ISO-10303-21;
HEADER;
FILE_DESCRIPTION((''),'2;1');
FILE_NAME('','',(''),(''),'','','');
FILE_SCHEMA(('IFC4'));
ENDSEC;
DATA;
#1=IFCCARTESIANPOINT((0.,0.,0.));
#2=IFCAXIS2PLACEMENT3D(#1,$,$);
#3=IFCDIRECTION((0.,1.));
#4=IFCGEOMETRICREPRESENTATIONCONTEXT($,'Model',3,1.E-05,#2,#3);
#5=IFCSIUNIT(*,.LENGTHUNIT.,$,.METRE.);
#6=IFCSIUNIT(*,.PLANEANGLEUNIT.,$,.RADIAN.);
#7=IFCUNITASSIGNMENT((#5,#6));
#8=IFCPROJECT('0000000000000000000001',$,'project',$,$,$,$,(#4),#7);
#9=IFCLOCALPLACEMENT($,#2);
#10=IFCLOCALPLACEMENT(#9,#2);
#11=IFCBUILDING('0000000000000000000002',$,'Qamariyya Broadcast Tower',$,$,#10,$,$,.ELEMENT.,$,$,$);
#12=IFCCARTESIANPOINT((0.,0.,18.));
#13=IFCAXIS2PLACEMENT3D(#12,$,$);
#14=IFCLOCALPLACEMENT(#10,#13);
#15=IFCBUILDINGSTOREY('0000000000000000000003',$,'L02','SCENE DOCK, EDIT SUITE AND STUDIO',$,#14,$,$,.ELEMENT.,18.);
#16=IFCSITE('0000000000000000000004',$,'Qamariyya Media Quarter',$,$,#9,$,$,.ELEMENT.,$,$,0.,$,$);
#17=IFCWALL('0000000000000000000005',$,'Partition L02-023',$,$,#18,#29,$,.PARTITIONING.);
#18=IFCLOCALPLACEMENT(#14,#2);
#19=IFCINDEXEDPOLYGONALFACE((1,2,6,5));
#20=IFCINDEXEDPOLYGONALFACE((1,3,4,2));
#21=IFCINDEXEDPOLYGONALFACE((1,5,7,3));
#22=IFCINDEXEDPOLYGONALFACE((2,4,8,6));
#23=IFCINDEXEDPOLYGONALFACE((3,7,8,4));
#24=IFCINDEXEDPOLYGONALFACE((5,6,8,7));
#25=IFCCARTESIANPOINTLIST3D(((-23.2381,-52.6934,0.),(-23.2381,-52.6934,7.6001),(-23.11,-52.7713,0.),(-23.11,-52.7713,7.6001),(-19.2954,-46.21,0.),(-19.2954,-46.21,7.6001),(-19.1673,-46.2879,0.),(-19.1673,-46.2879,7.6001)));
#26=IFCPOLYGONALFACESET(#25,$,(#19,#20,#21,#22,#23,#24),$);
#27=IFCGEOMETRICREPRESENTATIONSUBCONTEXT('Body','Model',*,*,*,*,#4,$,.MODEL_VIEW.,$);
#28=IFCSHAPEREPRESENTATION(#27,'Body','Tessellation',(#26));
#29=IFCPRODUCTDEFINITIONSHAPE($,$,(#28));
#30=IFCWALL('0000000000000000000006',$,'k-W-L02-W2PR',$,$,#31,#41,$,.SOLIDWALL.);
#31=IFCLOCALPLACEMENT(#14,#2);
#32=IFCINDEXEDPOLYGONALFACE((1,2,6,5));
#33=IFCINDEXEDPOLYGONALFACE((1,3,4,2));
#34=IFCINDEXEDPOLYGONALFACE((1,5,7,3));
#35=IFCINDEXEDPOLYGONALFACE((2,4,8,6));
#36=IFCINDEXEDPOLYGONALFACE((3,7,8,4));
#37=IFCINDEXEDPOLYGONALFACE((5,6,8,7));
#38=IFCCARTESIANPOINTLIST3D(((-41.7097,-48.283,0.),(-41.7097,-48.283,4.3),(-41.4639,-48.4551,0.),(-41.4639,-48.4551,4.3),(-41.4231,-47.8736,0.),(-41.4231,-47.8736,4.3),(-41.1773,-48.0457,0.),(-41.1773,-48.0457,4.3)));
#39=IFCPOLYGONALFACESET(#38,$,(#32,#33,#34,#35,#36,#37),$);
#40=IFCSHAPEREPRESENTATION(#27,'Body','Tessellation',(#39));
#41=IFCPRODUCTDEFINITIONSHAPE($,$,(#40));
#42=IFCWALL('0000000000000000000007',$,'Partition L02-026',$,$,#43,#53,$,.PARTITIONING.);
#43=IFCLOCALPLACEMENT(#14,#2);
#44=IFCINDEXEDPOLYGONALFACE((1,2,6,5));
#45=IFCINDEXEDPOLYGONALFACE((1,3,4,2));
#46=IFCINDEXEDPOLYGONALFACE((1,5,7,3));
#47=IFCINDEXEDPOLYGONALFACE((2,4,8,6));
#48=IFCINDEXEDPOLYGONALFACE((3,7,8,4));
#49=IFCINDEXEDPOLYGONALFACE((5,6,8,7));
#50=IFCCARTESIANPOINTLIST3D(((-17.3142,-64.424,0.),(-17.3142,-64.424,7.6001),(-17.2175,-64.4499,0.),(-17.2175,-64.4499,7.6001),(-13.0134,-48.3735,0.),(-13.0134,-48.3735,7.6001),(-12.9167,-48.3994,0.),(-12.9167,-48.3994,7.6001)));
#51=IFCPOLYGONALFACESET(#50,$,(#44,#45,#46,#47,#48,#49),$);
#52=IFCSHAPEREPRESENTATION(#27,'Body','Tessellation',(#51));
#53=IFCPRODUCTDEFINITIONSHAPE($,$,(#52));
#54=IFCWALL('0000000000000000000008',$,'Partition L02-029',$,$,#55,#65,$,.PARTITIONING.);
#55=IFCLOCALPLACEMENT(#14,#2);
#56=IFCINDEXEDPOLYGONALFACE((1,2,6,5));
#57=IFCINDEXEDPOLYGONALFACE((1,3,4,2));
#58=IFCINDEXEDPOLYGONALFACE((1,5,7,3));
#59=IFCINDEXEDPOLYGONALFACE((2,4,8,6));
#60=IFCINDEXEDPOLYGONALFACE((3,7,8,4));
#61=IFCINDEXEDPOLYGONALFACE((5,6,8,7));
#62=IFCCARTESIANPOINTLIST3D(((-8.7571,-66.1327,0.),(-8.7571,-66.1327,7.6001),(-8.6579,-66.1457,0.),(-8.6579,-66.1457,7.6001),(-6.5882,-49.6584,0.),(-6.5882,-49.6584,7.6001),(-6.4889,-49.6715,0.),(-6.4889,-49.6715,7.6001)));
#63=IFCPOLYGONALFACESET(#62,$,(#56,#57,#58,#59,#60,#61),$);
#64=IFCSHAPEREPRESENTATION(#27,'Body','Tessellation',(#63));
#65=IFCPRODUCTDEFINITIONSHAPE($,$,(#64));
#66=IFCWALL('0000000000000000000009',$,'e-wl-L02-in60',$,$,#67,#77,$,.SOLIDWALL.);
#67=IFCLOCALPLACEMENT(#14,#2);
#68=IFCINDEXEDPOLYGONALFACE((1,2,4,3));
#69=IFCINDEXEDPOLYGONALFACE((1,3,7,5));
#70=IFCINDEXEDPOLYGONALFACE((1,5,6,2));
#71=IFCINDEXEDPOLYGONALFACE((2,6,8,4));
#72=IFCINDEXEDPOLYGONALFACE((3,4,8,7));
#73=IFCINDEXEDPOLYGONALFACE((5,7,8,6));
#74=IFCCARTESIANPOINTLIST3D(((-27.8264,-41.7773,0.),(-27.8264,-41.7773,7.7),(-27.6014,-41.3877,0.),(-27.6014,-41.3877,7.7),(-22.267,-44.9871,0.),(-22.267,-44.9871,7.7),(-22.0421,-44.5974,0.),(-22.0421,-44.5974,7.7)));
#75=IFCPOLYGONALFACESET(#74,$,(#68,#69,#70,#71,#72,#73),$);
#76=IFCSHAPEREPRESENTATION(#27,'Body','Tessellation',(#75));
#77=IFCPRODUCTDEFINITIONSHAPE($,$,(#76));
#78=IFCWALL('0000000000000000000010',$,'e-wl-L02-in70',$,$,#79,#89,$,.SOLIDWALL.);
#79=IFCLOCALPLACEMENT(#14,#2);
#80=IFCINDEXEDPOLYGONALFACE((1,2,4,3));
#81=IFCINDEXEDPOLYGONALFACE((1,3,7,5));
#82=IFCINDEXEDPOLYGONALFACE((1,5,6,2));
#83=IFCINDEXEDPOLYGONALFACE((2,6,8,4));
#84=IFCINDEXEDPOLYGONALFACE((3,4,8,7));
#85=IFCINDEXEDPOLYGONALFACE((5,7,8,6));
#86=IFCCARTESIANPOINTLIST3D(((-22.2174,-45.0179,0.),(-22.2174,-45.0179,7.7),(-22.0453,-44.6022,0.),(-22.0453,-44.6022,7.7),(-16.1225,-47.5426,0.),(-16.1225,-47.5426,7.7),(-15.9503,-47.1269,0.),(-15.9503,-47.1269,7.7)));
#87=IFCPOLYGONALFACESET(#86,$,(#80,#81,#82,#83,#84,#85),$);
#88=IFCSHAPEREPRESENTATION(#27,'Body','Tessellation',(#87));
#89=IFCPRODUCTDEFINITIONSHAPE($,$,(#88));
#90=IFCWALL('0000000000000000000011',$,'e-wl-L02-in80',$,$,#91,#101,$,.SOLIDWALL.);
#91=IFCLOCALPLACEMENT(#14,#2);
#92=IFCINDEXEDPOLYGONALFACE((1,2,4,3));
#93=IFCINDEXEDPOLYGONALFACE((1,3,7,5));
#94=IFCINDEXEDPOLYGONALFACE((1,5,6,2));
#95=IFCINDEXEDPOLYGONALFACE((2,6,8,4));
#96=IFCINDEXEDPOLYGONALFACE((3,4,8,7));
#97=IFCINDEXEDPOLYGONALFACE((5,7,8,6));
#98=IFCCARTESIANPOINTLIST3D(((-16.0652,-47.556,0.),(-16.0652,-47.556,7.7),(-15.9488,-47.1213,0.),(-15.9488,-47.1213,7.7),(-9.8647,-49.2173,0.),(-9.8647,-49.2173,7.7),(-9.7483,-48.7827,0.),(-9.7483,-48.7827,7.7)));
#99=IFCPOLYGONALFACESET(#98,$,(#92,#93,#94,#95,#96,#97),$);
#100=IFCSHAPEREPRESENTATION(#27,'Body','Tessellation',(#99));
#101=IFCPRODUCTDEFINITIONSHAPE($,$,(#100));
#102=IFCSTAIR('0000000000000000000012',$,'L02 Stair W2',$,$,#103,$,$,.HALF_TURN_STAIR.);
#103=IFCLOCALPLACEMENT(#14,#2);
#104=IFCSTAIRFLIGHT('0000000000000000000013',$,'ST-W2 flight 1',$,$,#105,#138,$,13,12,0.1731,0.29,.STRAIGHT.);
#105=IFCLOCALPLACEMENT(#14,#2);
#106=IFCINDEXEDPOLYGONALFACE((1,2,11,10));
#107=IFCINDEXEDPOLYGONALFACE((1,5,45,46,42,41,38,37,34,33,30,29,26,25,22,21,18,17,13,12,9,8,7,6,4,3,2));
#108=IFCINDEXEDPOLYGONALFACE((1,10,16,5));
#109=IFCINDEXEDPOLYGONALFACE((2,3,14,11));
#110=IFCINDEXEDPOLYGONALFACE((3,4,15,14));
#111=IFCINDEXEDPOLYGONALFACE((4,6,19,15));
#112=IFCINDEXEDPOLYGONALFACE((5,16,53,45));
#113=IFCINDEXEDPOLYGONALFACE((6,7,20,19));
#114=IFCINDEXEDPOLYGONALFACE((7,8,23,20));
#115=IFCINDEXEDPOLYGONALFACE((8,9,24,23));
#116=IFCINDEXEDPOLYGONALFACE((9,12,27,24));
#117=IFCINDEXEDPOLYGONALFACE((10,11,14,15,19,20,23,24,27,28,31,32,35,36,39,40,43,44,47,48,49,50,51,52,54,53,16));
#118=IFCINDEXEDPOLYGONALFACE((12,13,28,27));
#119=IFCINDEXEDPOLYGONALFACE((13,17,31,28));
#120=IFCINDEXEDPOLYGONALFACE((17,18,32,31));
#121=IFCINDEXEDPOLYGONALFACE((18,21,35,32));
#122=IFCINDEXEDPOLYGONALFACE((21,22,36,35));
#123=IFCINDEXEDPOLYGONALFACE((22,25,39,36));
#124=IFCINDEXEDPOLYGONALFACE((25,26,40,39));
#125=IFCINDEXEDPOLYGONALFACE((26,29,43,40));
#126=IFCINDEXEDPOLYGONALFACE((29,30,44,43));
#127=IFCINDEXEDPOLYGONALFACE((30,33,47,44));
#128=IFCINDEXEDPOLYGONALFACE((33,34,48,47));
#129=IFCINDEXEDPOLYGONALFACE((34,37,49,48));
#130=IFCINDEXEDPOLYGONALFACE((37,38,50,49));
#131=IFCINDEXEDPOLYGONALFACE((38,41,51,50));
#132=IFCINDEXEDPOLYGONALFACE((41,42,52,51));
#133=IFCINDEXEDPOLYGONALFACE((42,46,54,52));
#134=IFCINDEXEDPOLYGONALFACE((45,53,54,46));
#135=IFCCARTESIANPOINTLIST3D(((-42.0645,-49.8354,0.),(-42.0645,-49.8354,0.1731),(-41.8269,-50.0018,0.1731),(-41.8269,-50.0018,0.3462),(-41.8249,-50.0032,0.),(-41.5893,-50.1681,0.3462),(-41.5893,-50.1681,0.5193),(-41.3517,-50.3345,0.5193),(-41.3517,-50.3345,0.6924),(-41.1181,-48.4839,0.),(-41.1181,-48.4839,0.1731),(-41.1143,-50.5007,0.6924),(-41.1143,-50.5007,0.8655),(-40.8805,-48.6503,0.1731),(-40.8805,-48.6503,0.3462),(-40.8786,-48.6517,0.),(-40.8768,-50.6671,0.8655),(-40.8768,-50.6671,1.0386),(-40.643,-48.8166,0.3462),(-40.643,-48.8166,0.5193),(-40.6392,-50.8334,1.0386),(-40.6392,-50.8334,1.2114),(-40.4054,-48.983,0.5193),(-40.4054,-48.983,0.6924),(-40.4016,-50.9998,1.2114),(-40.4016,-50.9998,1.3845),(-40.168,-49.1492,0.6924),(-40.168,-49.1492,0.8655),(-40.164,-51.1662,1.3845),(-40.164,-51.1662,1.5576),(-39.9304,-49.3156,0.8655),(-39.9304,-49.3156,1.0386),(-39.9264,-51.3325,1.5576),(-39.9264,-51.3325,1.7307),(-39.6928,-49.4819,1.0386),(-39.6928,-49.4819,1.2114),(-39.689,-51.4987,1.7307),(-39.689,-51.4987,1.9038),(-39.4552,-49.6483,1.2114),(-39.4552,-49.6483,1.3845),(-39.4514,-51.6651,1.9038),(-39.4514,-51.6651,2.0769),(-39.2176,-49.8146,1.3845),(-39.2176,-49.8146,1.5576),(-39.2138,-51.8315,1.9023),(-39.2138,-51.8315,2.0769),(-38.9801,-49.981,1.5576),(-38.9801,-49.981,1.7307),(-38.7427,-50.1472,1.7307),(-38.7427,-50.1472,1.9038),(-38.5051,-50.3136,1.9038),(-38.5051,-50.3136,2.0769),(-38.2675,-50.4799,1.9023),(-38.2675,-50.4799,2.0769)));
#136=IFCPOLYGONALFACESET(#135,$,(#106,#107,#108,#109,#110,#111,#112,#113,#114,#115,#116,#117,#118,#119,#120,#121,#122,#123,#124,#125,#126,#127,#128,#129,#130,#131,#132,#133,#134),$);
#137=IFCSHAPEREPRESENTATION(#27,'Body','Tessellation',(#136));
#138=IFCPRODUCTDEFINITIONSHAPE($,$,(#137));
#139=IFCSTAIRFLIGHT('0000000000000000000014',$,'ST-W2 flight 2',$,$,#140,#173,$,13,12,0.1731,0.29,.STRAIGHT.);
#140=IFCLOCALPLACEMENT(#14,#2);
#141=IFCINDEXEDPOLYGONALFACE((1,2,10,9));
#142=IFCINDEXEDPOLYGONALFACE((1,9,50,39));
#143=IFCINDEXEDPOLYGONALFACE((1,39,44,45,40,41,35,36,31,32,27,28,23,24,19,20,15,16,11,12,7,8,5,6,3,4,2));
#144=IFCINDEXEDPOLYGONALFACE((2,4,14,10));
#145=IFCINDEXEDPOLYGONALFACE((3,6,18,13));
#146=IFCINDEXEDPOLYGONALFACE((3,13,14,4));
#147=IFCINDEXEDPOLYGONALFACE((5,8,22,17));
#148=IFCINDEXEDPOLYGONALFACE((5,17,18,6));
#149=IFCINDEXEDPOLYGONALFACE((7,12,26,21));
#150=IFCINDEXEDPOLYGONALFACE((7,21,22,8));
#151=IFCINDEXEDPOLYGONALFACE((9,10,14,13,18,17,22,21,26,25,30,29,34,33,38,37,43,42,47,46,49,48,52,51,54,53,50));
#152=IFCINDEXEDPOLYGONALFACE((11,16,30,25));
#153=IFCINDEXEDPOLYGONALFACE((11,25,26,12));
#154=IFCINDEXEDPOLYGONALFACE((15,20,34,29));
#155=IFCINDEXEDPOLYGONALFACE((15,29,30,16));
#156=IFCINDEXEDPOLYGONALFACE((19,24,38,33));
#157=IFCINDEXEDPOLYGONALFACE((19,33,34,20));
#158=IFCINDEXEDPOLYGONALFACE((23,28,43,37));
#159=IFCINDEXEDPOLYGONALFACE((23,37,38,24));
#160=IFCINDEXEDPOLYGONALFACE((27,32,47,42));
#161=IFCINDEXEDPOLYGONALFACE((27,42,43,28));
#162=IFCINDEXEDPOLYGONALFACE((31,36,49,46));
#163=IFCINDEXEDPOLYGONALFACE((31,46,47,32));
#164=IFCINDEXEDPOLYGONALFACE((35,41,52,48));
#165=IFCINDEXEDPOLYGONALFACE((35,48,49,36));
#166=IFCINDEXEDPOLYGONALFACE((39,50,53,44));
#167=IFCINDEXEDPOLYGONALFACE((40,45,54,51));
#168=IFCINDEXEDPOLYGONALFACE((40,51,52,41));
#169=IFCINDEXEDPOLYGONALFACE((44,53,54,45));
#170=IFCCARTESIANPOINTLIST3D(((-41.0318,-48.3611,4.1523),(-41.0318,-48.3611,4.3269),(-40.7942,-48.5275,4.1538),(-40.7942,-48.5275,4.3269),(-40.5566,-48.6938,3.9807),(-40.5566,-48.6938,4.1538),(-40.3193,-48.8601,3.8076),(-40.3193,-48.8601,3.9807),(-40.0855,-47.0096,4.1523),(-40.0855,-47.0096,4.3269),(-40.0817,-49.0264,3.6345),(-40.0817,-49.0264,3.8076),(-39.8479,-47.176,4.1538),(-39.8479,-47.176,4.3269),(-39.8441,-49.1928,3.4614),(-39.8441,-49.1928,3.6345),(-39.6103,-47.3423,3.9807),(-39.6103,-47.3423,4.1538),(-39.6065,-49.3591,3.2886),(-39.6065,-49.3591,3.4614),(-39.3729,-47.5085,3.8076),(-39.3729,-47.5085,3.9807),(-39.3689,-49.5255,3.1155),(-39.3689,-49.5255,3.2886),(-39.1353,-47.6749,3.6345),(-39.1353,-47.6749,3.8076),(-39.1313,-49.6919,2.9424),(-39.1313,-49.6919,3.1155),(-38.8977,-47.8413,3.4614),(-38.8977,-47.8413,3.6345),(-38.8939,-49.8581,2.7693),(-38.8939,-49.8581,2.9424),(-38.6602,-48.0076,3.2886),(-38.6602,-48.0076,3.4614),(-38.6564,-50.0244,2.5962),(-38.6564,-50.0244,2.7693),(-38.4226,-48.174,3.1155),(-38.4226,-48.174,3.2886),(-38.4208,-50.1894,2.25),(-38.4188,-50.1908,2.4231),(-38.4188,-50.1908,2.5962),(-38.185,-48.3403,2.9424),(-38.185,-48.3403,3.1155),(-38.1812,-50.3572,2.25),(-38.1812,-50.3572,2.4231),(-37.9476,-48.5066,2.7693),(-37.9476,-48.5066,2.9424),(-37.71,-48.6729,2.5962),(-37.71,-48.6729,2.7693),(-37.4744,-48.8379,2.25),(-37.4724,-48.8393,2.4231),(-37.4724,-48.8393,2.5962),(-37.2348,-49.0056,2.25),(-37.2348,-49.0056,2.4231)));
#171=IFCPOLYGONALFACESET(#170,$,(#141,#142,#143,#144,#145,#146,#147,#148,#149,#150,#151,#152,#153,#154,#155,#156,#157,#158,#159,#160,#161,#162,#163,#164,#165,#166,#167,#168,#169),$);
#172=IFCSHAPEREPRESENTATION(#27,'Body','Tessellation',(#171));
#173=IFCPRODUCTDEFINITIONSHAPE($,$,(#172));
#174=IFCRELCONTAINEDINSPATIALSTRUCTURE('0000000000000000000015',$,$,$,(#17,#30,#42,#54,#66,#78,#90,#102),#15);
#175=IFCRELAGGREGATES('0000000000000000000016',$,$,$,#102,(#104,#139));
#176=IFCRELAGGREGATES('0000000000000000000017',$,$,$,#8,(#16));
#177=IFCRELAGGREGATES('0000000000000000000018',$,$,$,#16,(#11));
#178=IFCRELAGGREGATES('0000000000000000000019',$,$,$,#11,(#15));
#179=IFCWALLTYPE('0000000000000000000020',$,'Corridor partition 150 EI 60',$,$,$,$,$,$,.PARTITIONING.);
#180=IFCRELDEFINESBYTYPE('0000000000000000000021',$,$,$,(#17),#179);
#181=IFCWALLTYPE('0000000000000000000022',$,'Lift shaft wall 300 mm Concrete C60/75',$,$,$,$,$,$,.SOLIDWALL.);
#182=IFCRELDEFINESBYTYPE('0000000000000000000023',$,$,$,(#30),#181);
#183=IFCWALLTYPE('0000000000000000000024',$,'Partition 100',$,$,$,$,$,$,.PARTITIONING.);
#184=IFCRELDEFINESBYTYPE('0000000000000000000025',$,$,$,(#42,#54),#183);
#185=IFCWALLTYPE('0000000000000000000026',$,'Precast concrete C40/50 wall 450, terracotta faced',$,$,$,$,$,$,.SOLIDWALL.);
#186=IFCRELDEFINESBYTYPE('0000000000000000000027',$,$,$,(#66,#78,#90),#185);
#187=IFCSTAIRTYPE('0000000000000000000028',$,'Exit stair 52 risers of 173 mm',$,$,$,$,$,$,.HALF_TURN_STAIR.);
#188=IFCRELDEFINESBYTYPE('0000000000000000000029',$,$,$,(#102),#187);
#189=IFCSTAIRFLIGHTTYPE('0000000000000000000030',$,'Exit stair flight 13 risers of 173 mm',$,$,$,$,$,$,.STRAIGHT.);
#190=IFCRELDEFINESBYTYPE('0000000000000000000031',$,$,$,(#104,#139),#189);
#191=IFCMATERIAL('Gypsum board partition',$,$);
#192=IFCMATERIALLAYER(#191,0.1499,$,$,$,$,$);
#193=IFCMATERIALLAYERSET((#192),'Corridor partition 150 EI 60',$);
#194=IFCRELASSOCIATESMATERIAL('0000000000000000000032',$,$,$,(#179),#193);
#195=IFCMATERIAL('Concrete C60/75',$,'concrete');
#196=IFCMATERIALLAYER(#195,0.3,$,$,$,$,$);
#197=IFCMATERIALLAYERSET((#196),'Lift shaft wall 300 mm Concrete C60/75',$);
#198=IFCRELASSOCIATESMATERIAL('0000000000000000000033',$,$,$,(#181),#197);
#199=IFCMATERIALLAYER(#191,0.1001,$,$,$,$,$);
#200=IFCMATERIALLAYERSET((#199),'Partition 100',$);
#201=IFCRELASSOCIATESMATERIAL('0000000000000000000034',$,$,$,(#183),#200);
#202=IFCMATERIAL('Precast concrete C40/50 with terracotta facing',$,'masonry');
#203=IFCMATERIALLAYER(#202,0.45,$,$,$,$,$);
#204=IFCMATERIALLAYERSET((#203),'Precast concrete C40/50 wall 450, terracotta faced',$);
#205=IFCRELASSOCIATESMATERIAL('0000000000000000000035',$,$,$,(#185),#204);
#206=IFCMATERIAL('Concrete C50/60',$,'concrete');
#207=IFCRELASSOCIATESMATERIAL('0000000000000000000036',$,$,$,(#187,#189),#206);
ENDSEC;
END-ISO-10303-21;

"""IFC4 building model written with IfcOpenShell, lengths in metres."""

from ifc_helpers import new_model, si_unit, direction, frame, frame_2d, origin, place, context, subcontext, project, spatial, polyline, rectangle, outline, extrude, material, layer, layer_set, type_object, element, aggregate, save


model = new_model("IFC4")

# Units and contexts
model_context = context("Model", 3, precision=1e-05, world=origin(), true_north=direction((0.0, 1.0)))
body_context = subcontext(model_context, "Body", "Model", "MODEL_VIEW")
ifc_project = project(units=[si_unit("LENGTHUNIT", "METRE"), si_unit("PLANEANGLEUNIT", "RADIAN")], contexts=[model_context])

# Site, building, storey
site_placement = place(None, origin())
site = spatial("IfcSite", under=ifc_project, at=site_placement, Name="Qamariyya Media Quarter", CompositionType="ELEMENT", RefElevation=0.0)
building_placement = place(site_placement, origin())
building = spatial("IfcBuilding", under=site, at=building_placement, Name="Qamariyya Broadcast Tower", CompositionType="ELEMENT")
storey_placement = place(building_placement, frame((0.0, 0.0, 18.0)))
storey = spatial("IfcBuildingStorey", under=building, at=storey_placement, Name="L02", Description="SCENE DOCK, EDIT SUITE AND STUDIO", CompositionType="ELEMENT", Elevation=18.0)

# Shared definitions
ifc_material_1 = material(Name="Concrete C50/60", Category="concrete")

# Shared definitions
ifc_material_2 = material(Name="Gypsum board partition")
ifc_layer_1 = layer(ifc_material_2, 0.1499)
ifc_layer_set_1 = layer_set([ifc_layer_1], Name="Corridor partition 150 EI 60")
wall_type_1 = type_object("IfcWallType", Name="Corridor partition 150 EI 60", PredefinedType="PARTITIONING", material=ifc_layer_set_1)

# Walls
wall_1_placement = place(storey_placement, frame((-19.2314, -46.249, 0.0), z_axis=(0.0, 0.0, 1.0), x_axis=(-0.519583, -0.85442, 0.0)))
element("IfcWall", 1, at=wall_1_placement, inside=storey, type_object=wall_type_1, Name="Partition L02-023", PredefinedType="PARTITIONING", context=body_context, shape_type="SweptSolid", body=[
    extrude(rectangle(XDim=7.5881, YDim=0.1499, at=frame_2d((3.7939, 0.0))), origin(), (0.0, 0.0, 1.0), 7.6001),
])
ifc_material_3 = material(Name="Concrete C60/75", Category="concrete")
ifc_layer_2 = layer(ifc_material_3, 0.3)
ifc_layer_set_2 = layer_set([ifc_layer_2], Name="Lift shaft wall 300 mm Concrete C60/75")
wall_type_2 = type_object("IfcWallType", Name="Lift shaft wall 300 mm Concrete C60/75", PredefinedType="SOLIDWALL", material=ifc_layer_set_2)
wall_2_placement = place(storey_placement, frame((-41.5869, -48.3691, 0.0), z_axis=(0.0, 0.0, 1.0), x_axis=(0.573495, 0.819209, 0.0)))
element("IfcWall", 2, at=wall_2_placement, inside=storey, type_object=wall_type_2, Name="k-W-L02-W2PR", PredefinedType="SOLIDWALL", context=body_context, shape_type="SweptSolid", body=[
    extrude(rectangle(XDim=0.4998, YDim=0.3, at=frame_2d((0.25, 0.0))), origin(), (0.0, 0.0, 1.0), 4.3),
])
ifc_layer_3 = layer(ifc_material_2, 0.1001)
ifc_layer_set_3 = layer_set([ifc_layer_3], Name="Partition 100")
wall_type_3 = type_object("IfcWallType", Name="Partition 100", PredefinedType="PARTITIONING", material=ifc_layer_set_3)
wall_3_placement = place(storey_placement, frame((-12.9651, -48.3865, 0.0), z_axis=(0.0, 0.0, 1.0), x_axis=(-0.258822, -0.965925, 0.0)))
element("IfcWall", 3, at=wall_3_placement, inside=storey, type_object=wall_type_3, Name="Partition L02-026", PredefinedType="PARTITIONING", context=body_context, shape_type="SweptSolid", body=[
    extrude(rectangle(XDim=16.6167, YDim=0.1001, at=frame_2d((8.3083, 0.0))), origin(), (0.0, 0.0, 1.0), 7.6001),
])
wall_4_placement = place(storey_placement, frame((-6.5386, -49.665, 0.0), z_axis=(0.0, 0.0, 1.0), x_axis=(-0.130529, -0.991444, 0.0)))
element("IfcWall", 4, at=wall_4_placement, inside=storey, type_object=wall_type_3, Name="Partition L02-029", PredefinedType="PARTITIONING", context=body_context, shape_type="SweptSolid", body=[
    extrude(rectangle(XDim=16.6165, YDim=0.1001, at=frame_2d((8.3081, 0.0))), origin(), (0.0, 0.0, 1.0), 7.6001),
])
ifc_material_4 = material(Name="Precast concrete C40/50 with terracotta facing", Category="masonry")
ifc_layer_4 = layer(ifc_material_4, 0.45)
ifc_layer_set_4 = layer_set([ifc_layer_4], Name="Precast concrete C40/50 wall 450, terracotta faced")
wall_type_4 = type_object("IfcWallType", Name="Precast concrete C40/50 wall 450, terracotta faced", PredefinedType="SOLIDWALL", material=ifc_layer_set_4)
wall_5_placement = place(storey_placement, frame((-22.1545, -44.7922, 0.0), z_axis=(0.0, 0.0, 1.0), x_axis=(-0.866023, 0.500004, 0.0)))
element("IfcWall", 5, at=wall_5_placement, inside=storey, type_object=wall_type_4, Name="e-wl-L02-in60", PredefinedType="SOLIDWALL", context=body_context, shape_type="SweptSolid", body=[
    extrude(rectangle(XDim=6.4194, YDim=0.45, at=frame_2d((3.2097, 0.0))), origin(), (0.0, 0.0, 1.0), 7.7),
])
wall_6_placement = place(storey_placement, frame((-16.0364, -47.3347, 0.0), z_axis=(0.0, 0.0, 1.0), x_axis=(-0.923877, 0.382688, 0.0)))
element("IfcWall", 6, at=wall_6_placement, inside=storey, type_object=wall_type_4, Name="e-wl-L02-in70", PredefinedType="SOLIDWALL", context=body_context, shape_type="SweptSolid", body=[
    extrude(rectangle(XDim=6.5972, YDim=0.45, at=frame_2d((3.2986, 0.0))), origin(), (0.0, 0.0, 1.0), 7.7),
])
wall_7_placement = place(storey_placement, frame((-9.8066, -49.0, 0.0), z_axis=(0.0, 0.0, 1.0), x_axis=(-0.965927, 0.258815, 0.0)))
element("IfcWall", 7, at=wall_7_placement, inside=storey, type_object=wall_type_4, Name="e-wl-L02-in80", PredefinedType="SOLIDWALL", context=body_context, shape_type="SweptSolid", body=[
    extrude(rectangle(XDim=6.4192, YDim=0.45, at=frame_2d((3.2095, 0.0))), origin(), (0.0, 0.0, 1.0), 7.7),
])

# Stair, stair flights
stair_type = type_object("IfcStairType", Name="Exit stair 52 risers of 173 mm", PredefinedType="HALF_TURN_STAIR", material=ifc_material_1)
stair_placement = place(storey_placement, origin())
stair = element("IfcStair", 8, at=stair_placement, inside=storey, type_object=stair_type, Name="L02 Stair W2", PredefinedType="HALF_TURN_STAIR")
stair_flight_type = type_object("IfcStairFlightType", Name="Exit stair flight 13 risers of 173 mm", PredefinedType="STRAIGHT", material=ifc_material_1)
stair_flight_1_placement = place(storey_placement, frame((-41.5913, -49.1597, 0.0), z_axis=(0.0, 0.0, 1.0), x_axis=(0.819152, -0.573576, 0.0)))
stair_flight_1 = element("IfcStairFlight", 9, at=stair_flight_1_placement, type_object=stair_flight_type, Name="ST-W2 flight 1", NumberOfRisers=13, NumberOfTreads=12, PredefinedType="STRAIGHT", RiserHeight=0.1731, TreadLength=0.29, context=body_context, shape_type="SweptSolid", body=[
    extrude(outline(polyline([(0.0, 0.0), (0.0, 0.1731), (0.29, 0.1731), (0.29, 0.3462), (0.5801, 0.3462), (0.5801, 0.5193), (0.8701, 0.5193), (0.8701, 0.6924), (1.1599, 0.6924), (1.1599, 0.8655), (1.45, 0.8655), (1.45, 1.0386), (1.74, 1.0386), (1.74, 1.2114), (2.03, 1.2114), (2.03, 1.3845), (2.3201, 1.3845), (2.3201, 1.5576), (2.6101, 1.5576), (2.6101, 1.7307), (2.8999, 1.7307), (2.8999, 1.9038), (3.1899, 1.9038), (3.1899, 2.0769), (3.48, 2.0769), (3.48, 2.25), (3.48, 1.9023), (0.2925, 0.0), (0.0, 0.0)])), frame((0.0, 0.825, 0.0), z_axis=(0.0, -1.0, 0.0), x_axis=(1.0, 0.0, 0.0)), (0.0, 0.0, 1.0), 1.6499),
])
stair_flight_2_placement = place(storey_placement, frame((-37.708, -49.6814, 2.25), z_axis=(0.0, 0.0, 1.0), x_axis=(-0.819152, 0.573576, 0.0)))
stair_flight_2 = element("IfcStairFlight", 10, at=stair_flight_2_placement, type_object=stair_flight_type, Name="ST-W2 flight 2", NumberOfRisers=13, NumberOfTreads=12, PredefinedType="STRAIGHT", RiserHeight=0.1731, TreadLength=0.29, context=body_context, shape_type="SweptSolid", body=[
    extrude(outline(polyline([(0.0, 0.0), (0.0, 0.1731), (0.29, 0.1731), (0.29, 0.3462), (0.5801, 0.3462), (0.5801, 0.5193), (0.8701, 0.5193), (0.8701, 0.6924), (1.1599, 0.6924), (1.1599, 0.8655), (1.45, 0.8655), (1.45, 1.0386), (1.74, 1.0386), (1.74, 1.2114), (2.03, 1.2114), (2.03, 1.3845), (2.3201, 1.3845), (2.3201, 1.5576), (2.6101, 1.5576), (2.6101, 1.7307), (2.8999, 1.7307), (2.8999, 1.9038), (3.1899, 1.9038), (3.1899, 2.0769), (3.48, 2.0769), (3.48, 2.25), (3.48, 1.9023), (0.2925, 0.0), (0.0, 0.0)])), frame((0.0, 0.825, 0.0), z_axis=(0.0, -1.0, 0.0), x_axis=(1.0, 0.0, 0.0)), (0.0, 0.0, 1.0), 1.6499),
])
aggregate(stair, [stair_flight_1, stair_flight_2])

save(model, "model.ifc")
